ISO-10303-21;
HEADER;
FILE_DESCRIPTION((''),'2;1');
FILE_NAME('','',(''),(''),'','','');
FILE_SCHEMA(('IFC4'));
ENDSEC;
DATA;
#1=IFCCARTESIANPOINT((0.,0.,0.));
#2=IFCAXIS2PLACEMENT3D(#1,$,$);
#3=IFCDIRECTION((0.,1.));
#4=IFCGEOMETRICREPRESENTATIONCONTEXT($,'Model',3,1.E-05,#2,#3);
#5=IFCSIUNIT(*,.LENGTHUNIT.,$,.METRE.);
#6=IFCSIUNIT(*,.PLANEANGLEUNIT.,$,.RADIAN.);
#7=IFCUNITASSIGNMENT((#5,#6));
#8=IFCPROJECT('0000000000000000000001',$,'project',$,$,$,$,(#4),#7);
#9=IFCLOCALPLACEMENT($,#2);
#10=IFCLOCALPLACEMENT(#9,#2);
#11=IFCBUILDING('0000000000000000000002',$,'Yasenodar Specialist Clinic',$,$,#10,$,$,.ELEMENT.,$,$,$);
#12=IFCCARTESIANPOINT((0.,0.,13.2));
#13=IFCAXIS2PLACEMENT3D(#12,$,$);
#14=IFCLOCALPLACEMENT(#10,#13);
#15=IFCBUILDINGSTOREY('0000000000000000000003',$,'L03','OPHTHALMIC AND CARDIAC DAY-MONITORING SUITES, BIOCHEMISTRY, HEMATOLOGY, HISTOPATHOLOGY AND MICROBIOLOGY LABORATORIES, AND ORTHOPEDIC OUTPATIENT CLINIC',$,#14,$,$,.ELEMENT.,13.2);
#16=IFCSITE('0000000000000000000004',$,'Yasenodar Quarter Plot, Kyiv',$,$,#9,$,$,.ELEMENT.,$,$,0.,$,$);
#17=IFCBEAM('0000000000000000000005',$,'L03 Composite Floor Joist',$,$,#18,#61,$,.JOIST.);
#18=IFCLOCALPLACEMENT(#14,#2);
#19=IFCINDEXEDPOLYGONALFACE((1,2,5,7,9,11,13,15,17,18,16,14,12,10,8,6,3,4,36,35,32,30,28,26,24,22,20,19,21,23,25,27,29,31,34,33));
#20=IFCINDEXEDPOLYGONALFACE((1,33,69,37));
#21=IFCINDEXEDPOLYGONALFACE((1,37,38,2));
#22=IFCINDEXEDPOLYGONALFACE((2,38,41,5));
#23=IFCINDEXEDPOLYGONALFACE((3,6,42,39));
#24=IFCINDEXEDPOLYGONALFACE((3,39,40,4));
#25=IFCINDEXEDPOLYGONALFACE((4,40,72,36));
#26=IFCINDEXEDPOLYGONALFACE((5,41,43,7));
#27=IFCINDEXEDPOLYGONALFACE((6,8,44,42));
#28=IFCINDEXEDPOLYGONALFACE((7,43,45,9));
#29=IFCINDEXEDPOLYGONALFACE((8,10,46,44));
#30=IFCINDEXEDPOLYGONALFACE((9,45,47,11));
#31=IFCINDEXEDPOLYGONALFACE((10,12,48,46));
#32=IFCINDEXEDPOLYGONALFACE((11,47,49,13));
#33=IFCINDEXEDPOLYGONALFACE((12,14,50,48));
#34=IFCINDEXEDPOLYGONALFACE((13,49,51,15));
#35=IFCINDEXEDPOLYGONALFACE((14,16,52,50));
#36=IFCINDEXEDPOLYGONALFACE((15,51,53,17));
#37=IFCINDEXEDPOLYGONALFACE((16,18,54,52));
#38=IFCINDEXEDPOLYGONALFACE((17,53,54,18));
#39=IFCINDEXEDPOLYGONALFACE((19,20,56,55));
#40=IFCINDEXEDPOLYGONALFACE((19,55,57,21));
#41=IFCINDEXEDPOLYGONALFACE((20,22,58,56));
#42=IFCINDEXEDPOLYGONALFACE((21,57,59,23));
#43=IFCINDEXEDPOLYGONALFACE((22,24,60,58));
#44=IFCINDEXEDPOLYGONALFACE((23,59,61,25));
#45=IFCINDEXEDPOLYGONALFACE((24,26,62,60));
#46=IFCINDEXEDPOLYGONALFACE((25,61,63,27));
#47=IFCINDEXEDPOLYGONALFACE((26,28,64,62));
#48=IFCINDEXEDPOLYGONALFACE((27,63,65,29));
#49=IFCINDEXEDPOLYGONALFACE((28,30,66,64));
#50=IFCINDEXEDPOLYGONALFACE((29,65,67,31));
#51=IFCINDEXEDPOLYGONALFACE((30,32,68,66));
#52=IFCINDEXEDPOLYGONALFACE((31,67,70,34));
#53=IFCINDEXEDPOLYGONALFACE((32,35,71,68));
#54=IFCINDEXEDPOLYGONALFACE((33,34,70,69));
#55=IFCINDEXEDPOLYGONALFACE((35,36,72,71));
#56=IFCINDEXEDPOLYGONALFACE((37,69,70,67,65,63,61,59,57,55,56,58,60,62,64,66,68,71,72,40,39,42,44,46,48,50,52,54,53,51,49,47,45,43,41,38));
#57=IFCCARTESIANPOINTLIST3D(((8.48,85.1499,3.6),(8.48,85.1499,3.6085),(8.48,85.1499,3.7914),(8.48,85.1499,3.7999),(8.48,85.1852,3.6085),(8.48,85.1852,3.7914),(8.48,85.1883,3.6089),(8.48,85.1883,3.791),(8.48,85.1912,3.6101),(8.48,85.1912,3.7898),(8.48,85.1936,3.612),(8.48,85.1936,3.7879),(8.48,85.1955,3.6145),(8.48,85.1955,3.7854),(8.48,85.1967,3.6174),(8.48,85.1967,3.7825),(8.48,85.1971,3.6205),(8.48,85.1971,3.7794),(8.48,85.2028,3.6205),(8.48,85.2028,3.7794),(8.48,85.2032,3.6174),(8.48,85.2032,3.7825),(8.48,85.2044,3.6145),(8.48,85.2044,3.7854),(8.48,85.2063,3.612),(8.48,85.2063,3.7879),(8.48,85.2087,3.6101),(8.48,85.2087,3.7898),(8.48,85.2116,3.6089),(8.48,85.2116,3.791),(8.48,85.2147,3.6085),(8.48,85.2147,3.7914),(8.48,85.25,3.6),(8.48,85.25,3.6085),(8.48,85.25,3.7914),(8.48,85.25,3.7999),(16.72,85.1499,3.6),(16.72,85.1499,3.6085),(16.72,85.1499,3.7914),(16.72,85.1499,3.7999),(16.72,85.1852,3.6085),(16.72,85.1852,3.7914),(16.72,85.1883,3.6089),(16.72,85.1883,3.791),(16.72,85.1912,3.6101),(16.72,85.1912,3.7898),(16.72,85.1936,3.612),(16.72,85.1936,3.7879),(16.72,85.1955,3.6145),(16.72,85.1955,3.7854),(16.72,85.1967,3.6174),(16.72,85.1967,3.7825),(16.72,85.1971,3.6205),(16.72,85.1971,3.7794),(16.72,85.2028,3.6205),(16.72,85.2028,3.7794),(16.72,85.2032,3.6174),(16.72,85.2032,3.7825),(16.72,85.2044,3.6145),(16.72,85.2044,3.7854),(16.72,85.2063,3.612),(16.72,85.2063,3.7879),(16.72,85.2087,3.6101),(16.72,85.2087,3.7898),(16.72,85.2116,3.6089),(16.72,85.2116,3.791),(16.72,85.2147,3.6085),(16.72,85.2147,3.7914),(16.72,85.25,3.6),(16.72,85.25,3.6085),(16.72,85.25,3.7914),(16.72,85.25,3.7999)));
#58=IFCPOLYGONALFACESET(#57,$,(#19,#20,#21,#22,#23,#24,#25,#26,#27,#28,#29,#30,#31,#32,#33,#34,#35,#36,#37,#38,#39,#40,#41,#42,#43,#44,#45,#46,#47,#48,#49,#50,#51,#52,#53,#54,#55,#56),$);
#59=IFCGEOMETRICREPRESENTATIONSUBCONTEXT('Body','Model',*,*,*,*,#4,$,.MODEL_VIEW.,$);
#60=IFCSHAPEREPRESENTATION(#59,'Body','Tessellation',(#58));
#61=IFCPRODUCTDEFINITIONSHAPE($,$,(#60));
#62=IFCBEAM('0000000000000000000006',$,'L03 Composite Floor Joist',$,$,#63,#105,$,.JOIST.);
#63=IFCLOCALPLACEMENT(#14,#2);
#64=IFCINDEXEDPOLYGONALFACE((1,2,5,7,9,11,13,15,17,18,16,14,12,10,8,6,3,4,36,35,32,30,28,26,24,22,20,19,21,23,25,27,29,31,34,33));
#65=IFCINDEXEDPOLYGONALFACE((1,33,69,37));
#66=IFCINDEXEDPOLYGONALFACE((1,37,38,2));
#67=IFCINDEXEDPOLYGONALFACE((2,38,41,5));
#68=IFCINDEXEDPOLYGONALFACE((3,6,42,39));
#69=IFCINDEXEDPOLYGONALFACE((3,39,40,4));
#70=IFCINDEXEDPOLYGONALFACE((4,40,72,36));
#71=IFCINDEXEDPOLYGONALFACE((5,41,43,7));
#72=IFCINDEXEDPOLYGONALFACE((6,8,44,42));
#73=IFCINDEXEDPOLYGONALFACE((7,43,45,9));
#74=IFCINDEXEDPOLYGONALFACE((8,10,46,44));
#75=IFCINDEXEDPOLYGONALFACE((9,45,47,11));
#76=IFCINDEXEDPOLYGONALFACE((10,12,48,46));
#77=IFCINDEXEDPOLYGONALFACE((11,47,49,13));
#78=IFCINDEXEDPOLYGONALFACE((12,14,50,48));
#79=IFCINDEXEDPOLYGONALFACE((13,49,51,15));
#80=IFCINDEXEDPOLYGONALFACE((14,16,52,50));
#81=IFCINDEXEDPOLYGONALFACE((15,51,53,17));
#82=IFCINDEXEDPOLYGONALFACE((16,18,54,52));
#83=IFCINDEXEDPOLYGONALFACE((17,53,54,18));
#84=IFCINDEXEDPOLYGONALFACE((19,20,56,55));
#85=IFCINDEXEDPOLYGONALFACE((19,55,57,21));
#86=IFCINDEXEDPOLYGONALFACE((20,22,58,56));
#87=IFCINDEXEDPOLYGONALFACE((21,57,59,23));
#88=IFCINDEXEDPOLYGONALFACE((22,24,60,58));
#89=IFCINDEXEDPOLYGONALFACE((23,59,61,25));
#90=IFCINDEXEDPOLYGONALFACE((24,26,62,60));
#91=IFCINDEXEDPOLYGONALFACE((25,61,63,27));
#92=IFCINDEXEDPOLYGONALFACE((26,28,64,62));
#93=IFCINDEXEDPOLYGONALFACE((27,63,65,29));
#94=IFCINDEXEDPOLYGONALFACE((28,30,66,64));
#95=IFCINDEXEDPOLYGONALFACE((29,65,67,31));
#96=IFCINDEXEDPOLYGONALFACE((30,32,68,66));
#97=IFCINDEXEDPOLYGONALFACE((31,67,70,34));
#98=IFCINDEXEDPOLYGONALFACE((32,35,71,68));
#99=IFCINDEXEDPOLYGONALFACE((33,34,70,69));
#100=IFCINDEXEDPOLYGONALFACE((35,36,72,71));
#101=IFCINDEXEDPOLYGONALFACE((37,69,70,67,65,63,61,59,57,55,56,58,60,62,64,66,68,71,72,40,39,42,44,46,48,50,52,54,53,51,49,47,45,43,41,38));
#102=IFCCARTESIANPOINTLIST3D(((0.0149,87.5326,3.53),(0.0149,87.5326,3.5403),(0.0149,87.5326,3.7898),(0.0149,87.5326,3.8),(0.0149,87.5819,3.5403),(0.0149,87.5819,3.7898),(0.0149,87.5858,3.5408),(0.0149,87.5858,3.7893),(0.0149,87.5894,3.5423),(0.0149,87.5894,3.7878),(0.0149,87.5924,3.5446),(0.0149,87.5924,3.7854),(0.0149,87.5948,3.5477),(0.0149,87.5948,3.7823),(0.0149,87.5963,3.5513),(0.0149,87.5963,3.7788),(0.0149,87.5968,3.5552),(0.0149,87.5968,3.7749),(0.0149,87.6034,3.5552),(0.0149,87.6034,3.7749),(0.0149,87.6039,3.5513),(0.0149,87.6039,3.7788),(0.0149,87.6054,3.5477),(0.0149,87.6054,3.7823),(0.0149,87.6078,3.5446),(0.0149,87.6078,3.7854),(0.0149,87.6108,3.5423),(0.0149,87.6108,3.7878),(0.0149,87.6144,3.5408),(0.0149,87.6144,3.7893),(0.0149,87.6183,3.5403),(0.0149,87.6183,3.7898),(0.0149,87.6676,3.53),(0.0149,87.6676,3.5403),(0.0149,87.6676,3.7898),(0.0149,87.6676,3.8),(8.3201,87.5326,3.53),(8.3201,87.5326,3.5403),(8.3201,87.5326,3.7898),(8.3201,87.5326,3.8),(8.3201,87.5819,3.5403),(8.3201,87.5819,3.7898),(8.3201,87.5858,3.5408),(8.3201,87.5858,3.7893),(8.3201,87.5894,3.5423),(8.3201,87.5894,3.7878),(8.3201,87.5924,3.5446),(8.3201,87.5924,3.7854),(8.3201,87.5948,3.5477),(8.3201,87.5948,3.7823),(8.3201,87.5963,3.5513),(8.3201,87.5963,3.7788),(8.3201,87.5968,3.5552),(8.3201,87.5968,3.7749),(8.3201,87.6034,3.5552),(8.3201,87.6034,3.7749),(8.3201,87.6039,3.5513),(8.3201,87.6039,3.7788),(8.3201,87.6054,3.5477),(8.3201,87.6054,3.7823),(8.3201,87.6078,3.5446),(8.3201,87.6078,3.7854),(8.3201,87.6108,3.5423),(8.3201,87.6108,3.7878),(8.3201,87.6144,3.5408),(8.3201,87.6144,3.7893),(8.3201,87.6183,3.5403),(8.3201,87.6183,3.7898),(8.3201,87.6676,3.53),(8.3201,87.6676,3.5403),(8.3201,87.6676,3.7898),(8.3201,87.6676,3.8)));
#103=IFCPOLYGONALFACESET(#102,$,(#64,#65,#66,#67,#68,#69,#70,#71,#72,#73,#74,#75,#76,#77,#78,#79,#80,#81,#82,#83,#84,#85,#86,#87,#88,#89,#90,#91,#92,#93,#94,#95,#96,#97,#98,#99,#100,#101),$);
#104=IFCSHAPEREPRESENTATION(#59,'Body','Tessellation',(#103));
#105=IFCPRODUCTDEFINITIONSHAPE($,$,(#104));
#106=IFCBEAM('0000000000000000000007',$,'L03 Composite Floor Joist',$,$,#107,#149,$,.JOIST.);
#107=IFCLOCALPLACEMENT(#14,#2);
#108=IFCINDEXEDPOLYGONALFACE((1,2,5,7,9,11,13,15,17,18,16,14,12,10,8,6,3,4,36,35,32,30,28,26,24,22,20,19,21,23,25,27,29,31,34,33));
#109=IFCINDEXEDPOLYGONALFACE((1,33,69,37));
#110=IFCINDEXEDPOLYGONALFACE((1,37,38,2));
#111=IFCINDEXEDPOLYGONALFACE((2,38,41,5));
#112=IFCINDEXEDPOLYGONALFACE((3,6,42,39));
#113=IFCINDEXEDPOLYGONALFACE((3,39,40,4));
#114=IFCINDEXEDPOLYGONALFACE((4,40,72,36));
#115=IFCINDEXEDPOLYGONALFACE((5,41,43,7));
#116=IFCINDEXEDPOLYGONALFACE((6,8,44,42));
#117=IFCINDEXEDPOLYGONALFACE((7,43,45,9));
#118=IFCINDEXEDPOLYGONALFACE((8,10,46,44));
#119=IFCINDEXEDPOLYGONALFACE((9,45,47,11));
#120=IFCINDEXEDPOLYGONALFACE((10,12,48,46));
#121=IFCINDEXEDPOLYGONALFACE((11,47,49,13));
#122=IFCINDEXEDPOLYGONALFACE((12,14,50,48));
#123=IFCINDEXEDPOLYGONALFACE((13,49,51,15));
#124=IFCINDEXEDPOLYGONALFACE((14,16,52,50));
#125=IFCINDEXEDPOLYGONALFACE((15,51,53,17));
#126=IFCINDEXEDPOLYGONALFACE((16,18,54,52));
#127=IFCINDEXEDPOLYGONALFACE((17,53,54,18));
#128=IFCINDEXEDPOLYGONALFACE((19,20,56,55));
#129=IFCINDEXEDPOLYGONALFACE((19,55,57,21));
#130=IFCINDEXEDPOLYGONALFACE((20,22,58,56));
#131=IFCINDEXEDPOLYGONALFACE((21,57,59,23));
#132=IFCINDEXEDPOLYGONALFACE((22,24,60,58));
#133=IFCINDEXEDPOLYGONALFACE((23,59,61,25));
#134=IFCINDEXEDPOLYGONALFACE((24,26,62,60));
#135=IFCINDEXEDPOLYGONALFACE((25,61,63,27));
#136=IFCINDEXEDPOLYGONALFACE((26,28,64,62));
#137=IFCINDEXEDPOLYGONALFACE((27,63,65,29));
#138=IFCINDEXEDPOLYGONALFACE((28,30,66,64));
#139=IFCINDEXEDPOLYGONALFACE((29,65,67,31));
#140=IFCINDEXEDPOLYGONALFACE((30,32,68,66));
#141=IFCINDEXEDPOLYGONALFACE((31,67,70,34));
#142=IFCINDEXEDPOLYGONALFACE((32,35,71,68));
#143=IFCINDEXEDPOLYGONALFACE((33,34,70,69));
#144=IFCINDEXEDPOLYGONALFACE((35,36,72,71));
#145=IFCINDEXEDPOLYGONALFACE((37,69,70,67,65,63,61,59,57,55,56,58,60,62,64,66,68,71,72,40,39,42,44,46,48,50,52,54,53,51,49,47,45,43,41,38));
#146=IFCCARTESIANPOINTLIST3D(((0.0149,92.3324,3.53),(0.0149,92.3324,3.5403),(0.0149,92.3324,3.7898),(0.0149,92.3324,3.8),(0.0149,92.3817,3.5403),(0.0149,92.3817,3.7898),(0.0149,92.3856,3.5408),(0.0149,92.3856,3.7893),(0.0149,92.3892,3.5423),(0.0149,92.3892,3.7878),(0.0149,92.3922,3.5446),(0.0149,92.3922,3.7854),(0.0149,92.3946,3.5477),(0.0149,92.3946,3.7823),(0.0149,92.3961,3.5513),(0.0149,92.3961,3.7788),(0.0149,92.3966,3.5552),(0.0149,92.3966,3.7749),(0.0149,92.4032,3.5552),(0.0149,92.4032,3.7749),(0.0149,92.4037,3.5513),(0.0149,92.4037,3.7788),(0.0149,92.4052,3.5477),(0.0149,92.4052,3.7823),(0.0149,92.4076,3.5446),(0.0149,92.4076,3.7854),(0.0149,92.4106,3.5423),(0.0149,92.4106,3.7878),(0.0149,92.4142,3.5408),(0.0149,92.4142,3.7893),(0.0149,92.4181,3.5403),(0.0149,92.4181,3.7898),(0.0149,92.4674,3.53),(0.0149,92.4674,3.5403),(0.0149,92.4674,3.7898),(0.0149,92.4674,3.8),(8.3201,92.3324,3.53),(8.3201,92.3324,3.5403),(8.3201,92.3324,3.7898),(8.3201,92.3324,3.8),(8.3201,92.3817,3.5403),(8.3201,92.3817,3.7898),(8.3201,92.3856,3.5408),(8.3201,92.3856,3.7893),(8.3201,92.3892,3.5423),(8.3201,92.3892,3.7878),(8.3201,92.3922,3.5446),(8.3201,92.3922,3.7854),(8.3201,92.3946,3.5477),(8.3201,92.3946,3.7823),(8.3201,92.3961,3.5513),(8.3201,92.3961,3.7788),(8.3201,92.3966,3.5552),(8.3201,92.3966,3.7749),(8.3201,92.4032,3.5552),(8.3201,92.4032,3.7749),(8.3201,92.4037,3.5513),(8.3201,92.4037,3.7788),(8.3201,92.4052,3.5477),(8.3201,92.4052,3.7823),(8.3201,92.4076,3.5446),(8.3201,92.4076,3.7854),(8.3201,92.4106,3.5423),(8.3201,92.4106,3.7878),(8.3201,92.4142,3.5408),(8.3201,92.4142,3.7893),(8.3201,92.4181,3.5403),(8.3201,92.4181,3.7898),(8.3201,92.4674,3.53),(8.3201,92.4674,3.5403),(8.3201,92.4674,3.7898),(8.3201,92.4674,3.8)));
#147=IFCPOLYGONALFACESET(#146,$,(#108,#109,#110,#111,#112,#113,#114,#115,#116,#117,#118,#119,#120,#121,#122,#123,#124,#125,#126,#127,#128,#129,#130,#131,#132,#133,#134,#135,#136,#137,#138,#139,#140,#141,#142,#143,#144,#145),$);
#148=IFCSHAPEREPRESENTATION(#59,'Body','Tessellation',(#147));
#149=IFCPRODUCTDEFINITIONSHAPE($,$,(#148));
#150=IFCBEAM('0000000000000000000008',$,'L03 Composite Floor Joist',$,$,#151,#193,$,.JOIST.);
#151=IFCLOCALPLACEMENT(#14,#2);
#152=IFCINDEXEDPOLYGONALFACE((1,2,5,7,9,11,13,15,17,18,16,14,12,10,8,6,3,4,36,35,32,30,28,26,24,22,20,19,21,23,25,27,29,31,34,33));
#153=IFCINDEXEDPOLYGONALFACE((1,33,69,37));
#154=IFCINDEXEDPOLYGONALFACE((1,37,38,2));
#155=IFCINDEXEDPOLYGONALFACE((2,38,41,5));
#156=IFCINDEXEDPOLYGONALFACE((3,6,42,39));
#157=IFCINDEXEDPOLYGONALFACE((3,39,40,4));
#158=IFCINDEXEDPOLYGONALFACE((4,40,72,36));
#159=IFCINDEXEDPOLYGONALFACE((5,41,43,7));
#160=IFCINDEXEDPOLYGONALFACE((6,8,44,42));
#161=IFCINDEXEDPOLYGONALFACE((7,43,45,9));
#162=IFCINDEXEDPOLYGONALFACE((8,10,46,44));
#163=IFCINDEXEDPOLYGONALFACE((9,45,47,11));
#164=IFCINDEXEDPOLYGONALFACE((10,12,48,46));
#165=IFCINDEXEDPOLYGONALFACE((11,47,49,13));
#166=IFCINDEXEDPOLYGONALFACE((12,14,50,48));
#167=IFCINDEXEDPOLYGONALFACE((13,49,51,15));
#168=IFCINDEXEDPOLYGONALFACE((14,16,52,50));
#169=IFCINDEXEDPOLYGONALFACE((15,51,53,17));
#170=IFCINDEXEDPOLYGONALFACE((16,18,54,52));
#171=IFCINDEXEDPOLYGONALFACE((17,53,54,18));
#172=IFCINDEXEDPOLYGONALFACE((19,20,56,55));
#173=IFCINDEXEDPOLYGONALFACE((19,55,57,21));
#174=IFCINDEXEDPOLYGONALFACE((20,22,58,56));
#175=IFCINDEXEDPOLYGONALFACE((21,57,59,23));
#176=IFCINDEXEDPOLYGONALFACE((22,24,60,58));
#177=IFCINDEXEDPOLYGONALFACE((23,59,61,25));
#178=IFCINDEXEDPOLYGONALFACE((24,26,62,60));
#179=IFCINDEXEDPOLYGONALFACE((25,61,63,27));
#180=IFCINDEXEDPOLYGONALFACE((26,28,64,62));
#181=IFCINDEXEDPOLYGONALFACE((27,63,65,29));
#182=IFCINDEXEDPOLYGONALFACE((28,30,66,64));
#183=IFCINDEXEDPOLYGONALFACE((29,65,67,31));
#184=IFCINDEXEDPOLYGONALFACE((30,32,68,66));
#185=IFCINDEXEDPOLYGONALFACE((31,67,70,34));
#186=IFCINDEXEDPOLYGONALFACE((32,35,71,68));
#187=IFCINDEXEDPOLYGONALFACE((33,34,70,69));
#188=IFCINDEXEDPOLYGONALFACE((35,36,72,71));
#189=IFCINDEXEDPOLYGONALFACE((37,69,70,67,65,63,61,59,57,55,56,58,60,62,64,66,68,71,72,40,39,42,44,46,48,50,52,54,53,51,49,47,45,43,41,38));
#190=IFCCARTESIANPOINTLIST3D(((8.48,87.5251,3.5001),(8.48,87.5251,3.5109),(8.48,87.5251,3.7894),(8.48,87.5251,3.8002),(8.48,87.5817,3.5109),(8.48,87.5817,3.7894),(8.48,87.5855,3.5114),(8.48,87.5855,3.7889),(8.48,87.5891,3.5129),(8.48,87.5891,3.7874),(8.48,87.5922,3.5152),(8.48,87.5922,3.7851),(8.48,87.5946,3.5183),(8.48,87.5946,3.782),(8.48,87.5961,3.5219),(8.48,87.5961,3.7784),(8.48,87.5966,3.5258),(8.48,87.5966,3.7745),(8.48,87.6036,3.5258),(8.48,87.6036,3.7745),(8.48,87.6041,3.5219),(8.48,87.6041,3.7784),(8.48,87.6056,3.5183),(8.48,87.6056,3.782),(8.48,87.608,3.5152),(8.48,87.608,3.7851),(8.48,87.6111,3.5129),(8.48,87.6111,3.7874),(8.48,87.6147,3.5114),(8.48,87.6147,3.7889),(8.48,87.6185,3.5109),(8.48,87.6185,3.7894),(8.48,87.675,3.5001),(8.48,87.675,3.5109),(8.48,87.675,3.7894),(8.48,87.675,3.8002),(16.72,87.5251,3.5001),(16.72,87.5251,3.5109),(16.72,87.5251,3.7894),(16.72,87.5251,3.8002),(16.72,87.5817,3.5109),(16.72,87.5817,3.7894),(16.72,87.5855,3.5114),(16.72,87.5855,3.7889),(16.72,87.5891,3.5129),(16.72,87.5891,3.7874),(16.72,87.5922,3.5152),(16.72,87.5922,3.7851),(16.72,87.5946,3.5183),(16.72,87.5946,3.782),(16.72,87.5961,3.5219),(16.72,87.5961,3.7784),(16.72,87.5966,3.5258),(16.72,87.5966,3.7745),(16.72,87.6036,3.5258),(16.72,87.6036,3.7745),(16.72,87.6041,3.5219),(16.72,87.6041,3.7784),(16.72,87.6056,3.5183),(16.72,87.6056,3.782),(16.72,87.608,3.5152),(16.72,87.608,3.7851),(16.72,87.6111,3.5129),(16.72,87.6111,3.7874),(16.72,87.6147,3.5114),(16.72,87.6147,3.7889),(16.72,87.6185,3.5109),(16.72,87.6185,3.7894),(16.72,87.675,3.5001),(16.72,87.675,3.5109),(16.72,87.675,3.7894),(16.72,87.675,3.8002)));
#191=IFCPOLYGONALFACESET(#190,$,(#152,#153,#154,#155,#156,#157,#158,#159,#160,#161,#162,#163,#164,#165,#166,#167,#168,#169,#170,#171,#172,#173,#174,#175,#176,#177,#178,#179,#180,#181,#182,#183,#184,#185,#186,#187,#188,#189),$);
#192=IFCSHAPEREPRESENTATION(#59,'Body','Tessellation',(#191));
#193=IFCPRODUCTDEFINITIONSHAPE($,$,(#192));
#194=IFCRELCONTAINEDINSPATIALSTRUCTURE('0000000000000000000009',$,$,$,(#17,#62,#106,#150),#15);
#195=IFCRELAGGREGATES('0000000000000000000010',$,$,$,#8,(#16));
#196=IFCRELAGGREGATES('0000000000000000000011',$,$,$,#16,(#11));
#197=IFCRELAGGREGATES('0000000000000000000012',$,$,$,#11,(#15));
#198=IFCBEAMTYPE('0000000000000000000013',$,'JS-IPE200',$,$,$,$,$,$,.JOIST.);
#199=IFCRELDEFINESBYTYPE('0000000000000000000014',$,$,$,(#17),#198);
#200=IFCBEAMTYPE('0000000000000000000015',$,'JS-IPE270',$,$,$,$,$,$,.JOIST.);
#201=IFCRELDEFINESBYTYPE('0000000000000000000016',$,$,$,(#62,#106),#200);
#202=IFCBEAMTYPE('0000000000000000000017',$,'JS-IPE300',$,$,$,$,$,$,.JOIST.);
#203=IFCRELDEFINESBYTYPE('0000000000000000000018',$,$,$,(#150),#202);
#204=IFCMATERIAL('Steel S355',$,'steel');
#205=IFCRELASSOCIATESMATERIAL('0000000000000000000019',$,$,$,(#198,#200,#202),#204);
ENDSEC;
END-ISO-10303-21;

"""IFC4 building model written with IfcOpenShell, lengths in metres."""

from ifc_helpers import new_model, si_unit, direction, frame, origin, origin_2d, place, context, subcontext, project, spatial, i_section, extrude, material, material_profile, profile_set, type_object, element, save


model = new_model("IFC4")

# Units and contexts
model_context = context("Model", 3, precision=1e-05, world=origin(), true_north=direction((0.0, 1.0)))
body_context = subcontext(model_context, "Body", "Model", "MODEL_VIEW")
ifc_project = project(units=[si_unit("LENGTHUNIT", "METRE"), si_unit("PLANEANGLEUNIT", "RADIAN")], contexts=[model_context])

# Site, building, storey
site_placement = place(None, origin())
site = spatial("IfcSite", under=ifc_project, at=site_placement, Name="Yasenodar Quarter Plot, Kyiv", CompositionType="ELEMENT", RefElevation=0.0)
building_placement = place(site_placement, origin())
building = spatial("IfcBuilding", under=site, at=building_placement, Name="Yasenodar Specialist Clinic", CompositionType="ELEMENT")
storey_placement = place(building_placement, frame((0.0, 0.0, 13.2)))
storey = spatial("IfcBuildingStorey", under=building, at=storey_placement, Name="L03", Description="OPHTHALMIC AND CARDIAC DAY-MONITORING SUITES, BIOCHEMISTRY, HEMATOLOGY, HISTOPATHOLOGY AND MICROBIOLOGY LABORATORIES, AND ORTHOPEDIC OUTPATIENT CLINIC", CompositionType="ELEMENT", Elevation=13.2)

# Shared definitions
ifc_material_1 = material(Name="Steel S355", Category="steel")

# Beams
ifc_material_profile_1 = material_profile(ifc_material_1, i_section(OverallWidth=0.1001, OverallDepth=0.2, WebThickness=0.0056, FlangeThickness=0.0085, FilletRadius=0.012, at=origin_2d()), Name="IPE 200")
ifc_profile_set_1 = profile_set([ifc_material_profile_1], Name="Steel S355")
beam_type_1 = type_object("IfcBeamType", Name="JS-IPE200", PredefinedType="JOIST", material=ifc_profile_set_1)
for number, where, z_axis, x_axis, name in (
    (1, (8.48, 85.2, 3.7), (1.0, 0.0, 0.0), (0.0, 1.0, 0.0), "L03 Composite Floor Joist"),
):
    element("IfcBeam", number, at=place(storey_placement, frame(where, z_axis=z_axis, x_axis=x_axis)), inside=storey, type_object=beam_type_1, Name=name, PredefinedType="JOIST", context=body_context, shape_type="SweptSolid", body=[
        extrude(i_section(OverallWidth=0.1001, OverallDepth=0.2, WebThickness=0.0056, FlangeThickness=0.0085, FilletRadius=0.012, at=origin_2d()), origin(), (0.0, 0.0, 1.0), 8.24),
    ])
ifc_material_profile_2 = material_profile(ifc_material_1, i_section(OverallWidth=0.135, OverallDepth=0.27, WebThickness=0.0066, FlangeThickness=0.0103, FilletRadius=0.0149, at=origin_2d()), Name="IPE 270")
ifc_profile_set_2 = profile_set([ifc_material_profile_2], Name="Steel S355")
beam_type_2 = type_object("IfcBeamType", Name="JS-IPE270", PredefinedType="JOIST", material=ifc_profile_set_2)
for number, where, z_axis, x_axis, name in (
    (2, (0.0149, 87.6001, 3.665), (1.0, 0.0, 0.0), (0.0, 1.0, 0.0), "L03 Composite Floor Joist"),
    (3, (0.0149, 92.3999, 3.665), (1.0, 0.0, 0.0), (0.0, 1.0, 0.0), "L03 Composite Floor Joist"),
):
    element("IfcBeam", number, at=place(storey_placement, frame(where, z_axis=z_axis, x_axis=x_axis)), inside=storey, type_object=beam_type_2, Name=name, PredefinedType="JOIST", context=body_context, shape_type="SweptSolid", body=[
        extrude(i_section(OverallWidth=0.135, OverallDepth=0.27, WebThickness=0.0066, FlangeThickness=0.0103, FilletRadius=0.0149, at=origin_2d()), origin(), (0.0, 0.0, 1.0), 8.3052),
    ])
ifc_material_profile_3 = material_profile(ifc_material_1, i_section(OverallWidth=0.1499, OverallDepth=0.3, WebThickness=0.0071, FlangeThickness=0.0107, FilletRadius=0.0149, at=origin_2d()), Name="IPE 300")
ifc_profile_set_3 = profile_set([ifc_material_profile_3], Name="Steel S355")
beam_type_3 = type_object("IfcBeamType", Name="JS-IPE300", PredefinedType="JOIST", material=ifc_profile_set_3)
for number, where, z_axis, x_axis, name in (
    (4, (8.48, 87.6001, 3.6501), (1.0, 0.0, 0.0), (0.0, 1.0, 0.0), "L03 Composite Floor Joist"),
):
    element("IfcBeam", number, at=place(storey_placement, frame(where, z_axis=z_axis, x_axis=x_axis)), inside=storey, type_object=beam_type_3, Name=name, PredefinedType="JOIST", context=body_context, shape_type="SweptSolid", body=[
        extrude(i_section(OverallWidth=0.1499, OverallDepth=0.3, WebThickness=0.0071, FlangeThickness=0.0107, FilletRadius=0.0149, at=origin_2d()), origin(), (0.0, 0.0, 1.0), 8.24),
    ])

save(model, "model.ifc")
